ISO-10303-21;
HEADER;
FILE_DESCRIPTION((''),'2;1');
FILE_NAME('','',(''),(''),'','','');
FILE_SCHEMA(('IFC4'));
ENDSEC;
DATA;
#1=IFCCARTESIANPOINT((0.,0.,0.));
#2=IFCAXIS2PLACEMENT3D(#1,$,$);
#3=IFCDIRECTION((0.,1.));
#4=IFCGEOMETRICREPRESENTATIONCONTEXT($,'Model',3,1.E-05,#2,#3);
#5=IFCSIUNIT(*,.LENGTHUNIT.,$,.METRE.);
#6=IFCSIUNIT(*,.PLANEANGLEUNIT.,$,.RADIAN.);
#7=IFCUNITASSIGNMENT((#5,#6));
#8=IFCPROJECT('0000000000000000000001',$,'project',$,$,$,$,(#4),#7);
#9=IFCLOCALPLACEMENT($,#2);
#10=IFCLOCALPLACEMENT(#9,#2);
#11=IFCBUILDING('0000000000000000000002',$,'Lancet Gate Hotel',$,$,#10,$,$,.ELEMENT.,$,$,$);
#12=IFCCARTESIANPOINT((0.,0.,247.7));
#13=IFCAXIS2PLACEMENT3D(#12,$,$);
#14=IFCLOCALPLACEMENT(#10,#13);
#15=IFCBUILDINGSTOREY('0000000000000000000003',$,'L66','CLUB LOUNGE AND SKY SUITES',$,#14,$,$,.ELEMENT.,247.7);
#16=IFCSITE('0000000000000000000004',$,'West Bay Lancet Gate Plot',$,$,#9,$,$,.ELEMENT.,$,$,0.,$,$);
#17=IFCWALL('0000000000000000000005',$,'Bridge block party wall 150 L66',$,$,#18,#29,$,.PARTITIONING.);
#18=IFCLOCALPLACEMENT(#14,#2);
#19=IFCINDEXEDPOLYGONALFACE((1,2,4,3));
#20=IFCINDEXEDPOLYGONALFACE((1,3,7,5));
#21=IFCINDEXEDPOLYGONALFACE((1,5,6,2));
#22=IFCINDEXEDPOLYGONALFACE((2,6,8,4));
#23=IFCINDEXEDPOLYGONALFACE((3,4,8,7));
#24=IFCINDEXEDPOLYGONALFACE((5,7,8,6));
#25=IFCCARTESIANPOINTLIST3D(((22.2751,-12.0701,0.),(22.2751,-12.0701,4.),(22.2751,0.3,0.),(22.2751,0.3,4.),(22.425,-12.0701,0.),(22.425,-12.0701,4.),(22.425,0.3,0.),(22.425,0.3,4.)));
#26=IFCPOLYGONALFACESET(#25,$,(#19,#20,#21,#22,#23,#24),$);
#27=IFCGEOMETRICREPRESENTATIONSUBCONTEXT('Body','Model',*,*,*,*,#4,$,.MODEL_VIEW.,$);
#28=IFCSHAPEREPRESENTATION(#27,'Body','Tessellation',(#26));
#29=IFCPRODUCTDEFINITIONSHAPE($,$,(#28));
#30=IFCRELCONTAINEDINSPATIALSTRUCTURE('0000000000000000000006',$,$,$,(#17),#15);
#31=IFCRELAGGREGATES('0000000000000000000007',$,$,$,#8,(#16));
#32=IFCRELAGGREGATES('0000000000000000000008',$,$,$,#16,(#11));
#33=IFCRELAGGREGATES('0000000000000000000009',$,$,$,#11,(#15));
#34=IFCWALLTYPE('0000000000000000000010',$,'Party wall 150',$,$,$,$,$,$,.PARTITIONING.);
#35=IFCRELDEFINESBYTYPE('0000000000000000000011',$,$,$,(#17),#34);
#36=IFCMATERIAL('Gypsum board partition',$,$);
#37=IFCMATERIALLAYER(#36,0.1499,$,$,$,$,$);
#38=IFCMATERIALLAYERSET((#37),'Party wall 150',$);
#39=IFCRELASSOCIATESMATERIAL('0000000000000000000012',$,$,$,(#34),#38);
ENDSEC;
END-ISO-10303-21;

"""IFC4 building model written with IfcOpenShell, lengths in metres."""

from ifc_helpers import new_model, si_unit, direction, frame, frame_2d, origin, place, context, subcontext, project, spatial, rectangle, extrude, material, layer, layer_set, type_object, element, save


model = new_model("IFC4")

# Units and contexts
model_context = context("Model", 3, precision=1e-05, world=origin(), true_north=direction((0.0, 1.0)))
body_context = subcontext(model_context, "Body", "Model", "MODEL_VIEW")
ifc_project = project(units=[si_unit("LENGTHUNIT", "METRE"), si_unit("PLANEANGLEUNIT", "RADIAN")], contexts=[model_context])

# Site, building, storey
site_placement = place(None, origin())
site = spatial("IfcSite", under=ifc_project, at=site_placement, Name="West Bay Lancet Gate Plot", CompositionType="ELEMENT", RefElevation=0.0)
building_placement = place(site_placement, origin())
building = spatial("IfcBuilding", under=site, at=building_placement, Name="Lancet Gate Hotel", CompositionType="ELEMENT")
storey_placement = place(building_placement, frame((0.0, 0.0, 247.7)))
storey = spatial("IfcBuildingStorey", under=building, at=storey_placement, Name="L66", Description="CLUB LOUNGE AND SKY SUITES", CompositionType="ELEMENT", Elevation=247.7)

# Wall
ifc_material_1 = material(Name="Gypsum board partition")
ifc_layer_1 = layer(ifc_material_1, 0.1499)
ifc_layer_set_1 = layer_set([ifc_layer_1], Name="Party wall 150")
wall_type_1 = type_object("IfcWallType", Name="Party wall 150", PredefinedType="PARTITIONING", material=ifc_layer_set_1)
wall_1_placement = place(storey_placement, frame((22.3501, -12.0701, 0.0), z_axis=(0.0, 0.0, 1.0), x_axis=(0.0, 1.0, 0.0)))
element("IfcWall", 1, at=wall_1_placement, inside=storey, type_object=wall_type_1, Name="Bridge block party wall 150 L66", PredefinedType="PARTITIONING", context=body_context, shape_type="SweptSolid", body=[
    extrude(rectangle(XDim=12.3701, YDim=0.1499, at=frame_2d((6.1851, 0.0))), origin(), (0.0, 0.0, 1.0), 4.0),
])

save(model, "model.ifc")
